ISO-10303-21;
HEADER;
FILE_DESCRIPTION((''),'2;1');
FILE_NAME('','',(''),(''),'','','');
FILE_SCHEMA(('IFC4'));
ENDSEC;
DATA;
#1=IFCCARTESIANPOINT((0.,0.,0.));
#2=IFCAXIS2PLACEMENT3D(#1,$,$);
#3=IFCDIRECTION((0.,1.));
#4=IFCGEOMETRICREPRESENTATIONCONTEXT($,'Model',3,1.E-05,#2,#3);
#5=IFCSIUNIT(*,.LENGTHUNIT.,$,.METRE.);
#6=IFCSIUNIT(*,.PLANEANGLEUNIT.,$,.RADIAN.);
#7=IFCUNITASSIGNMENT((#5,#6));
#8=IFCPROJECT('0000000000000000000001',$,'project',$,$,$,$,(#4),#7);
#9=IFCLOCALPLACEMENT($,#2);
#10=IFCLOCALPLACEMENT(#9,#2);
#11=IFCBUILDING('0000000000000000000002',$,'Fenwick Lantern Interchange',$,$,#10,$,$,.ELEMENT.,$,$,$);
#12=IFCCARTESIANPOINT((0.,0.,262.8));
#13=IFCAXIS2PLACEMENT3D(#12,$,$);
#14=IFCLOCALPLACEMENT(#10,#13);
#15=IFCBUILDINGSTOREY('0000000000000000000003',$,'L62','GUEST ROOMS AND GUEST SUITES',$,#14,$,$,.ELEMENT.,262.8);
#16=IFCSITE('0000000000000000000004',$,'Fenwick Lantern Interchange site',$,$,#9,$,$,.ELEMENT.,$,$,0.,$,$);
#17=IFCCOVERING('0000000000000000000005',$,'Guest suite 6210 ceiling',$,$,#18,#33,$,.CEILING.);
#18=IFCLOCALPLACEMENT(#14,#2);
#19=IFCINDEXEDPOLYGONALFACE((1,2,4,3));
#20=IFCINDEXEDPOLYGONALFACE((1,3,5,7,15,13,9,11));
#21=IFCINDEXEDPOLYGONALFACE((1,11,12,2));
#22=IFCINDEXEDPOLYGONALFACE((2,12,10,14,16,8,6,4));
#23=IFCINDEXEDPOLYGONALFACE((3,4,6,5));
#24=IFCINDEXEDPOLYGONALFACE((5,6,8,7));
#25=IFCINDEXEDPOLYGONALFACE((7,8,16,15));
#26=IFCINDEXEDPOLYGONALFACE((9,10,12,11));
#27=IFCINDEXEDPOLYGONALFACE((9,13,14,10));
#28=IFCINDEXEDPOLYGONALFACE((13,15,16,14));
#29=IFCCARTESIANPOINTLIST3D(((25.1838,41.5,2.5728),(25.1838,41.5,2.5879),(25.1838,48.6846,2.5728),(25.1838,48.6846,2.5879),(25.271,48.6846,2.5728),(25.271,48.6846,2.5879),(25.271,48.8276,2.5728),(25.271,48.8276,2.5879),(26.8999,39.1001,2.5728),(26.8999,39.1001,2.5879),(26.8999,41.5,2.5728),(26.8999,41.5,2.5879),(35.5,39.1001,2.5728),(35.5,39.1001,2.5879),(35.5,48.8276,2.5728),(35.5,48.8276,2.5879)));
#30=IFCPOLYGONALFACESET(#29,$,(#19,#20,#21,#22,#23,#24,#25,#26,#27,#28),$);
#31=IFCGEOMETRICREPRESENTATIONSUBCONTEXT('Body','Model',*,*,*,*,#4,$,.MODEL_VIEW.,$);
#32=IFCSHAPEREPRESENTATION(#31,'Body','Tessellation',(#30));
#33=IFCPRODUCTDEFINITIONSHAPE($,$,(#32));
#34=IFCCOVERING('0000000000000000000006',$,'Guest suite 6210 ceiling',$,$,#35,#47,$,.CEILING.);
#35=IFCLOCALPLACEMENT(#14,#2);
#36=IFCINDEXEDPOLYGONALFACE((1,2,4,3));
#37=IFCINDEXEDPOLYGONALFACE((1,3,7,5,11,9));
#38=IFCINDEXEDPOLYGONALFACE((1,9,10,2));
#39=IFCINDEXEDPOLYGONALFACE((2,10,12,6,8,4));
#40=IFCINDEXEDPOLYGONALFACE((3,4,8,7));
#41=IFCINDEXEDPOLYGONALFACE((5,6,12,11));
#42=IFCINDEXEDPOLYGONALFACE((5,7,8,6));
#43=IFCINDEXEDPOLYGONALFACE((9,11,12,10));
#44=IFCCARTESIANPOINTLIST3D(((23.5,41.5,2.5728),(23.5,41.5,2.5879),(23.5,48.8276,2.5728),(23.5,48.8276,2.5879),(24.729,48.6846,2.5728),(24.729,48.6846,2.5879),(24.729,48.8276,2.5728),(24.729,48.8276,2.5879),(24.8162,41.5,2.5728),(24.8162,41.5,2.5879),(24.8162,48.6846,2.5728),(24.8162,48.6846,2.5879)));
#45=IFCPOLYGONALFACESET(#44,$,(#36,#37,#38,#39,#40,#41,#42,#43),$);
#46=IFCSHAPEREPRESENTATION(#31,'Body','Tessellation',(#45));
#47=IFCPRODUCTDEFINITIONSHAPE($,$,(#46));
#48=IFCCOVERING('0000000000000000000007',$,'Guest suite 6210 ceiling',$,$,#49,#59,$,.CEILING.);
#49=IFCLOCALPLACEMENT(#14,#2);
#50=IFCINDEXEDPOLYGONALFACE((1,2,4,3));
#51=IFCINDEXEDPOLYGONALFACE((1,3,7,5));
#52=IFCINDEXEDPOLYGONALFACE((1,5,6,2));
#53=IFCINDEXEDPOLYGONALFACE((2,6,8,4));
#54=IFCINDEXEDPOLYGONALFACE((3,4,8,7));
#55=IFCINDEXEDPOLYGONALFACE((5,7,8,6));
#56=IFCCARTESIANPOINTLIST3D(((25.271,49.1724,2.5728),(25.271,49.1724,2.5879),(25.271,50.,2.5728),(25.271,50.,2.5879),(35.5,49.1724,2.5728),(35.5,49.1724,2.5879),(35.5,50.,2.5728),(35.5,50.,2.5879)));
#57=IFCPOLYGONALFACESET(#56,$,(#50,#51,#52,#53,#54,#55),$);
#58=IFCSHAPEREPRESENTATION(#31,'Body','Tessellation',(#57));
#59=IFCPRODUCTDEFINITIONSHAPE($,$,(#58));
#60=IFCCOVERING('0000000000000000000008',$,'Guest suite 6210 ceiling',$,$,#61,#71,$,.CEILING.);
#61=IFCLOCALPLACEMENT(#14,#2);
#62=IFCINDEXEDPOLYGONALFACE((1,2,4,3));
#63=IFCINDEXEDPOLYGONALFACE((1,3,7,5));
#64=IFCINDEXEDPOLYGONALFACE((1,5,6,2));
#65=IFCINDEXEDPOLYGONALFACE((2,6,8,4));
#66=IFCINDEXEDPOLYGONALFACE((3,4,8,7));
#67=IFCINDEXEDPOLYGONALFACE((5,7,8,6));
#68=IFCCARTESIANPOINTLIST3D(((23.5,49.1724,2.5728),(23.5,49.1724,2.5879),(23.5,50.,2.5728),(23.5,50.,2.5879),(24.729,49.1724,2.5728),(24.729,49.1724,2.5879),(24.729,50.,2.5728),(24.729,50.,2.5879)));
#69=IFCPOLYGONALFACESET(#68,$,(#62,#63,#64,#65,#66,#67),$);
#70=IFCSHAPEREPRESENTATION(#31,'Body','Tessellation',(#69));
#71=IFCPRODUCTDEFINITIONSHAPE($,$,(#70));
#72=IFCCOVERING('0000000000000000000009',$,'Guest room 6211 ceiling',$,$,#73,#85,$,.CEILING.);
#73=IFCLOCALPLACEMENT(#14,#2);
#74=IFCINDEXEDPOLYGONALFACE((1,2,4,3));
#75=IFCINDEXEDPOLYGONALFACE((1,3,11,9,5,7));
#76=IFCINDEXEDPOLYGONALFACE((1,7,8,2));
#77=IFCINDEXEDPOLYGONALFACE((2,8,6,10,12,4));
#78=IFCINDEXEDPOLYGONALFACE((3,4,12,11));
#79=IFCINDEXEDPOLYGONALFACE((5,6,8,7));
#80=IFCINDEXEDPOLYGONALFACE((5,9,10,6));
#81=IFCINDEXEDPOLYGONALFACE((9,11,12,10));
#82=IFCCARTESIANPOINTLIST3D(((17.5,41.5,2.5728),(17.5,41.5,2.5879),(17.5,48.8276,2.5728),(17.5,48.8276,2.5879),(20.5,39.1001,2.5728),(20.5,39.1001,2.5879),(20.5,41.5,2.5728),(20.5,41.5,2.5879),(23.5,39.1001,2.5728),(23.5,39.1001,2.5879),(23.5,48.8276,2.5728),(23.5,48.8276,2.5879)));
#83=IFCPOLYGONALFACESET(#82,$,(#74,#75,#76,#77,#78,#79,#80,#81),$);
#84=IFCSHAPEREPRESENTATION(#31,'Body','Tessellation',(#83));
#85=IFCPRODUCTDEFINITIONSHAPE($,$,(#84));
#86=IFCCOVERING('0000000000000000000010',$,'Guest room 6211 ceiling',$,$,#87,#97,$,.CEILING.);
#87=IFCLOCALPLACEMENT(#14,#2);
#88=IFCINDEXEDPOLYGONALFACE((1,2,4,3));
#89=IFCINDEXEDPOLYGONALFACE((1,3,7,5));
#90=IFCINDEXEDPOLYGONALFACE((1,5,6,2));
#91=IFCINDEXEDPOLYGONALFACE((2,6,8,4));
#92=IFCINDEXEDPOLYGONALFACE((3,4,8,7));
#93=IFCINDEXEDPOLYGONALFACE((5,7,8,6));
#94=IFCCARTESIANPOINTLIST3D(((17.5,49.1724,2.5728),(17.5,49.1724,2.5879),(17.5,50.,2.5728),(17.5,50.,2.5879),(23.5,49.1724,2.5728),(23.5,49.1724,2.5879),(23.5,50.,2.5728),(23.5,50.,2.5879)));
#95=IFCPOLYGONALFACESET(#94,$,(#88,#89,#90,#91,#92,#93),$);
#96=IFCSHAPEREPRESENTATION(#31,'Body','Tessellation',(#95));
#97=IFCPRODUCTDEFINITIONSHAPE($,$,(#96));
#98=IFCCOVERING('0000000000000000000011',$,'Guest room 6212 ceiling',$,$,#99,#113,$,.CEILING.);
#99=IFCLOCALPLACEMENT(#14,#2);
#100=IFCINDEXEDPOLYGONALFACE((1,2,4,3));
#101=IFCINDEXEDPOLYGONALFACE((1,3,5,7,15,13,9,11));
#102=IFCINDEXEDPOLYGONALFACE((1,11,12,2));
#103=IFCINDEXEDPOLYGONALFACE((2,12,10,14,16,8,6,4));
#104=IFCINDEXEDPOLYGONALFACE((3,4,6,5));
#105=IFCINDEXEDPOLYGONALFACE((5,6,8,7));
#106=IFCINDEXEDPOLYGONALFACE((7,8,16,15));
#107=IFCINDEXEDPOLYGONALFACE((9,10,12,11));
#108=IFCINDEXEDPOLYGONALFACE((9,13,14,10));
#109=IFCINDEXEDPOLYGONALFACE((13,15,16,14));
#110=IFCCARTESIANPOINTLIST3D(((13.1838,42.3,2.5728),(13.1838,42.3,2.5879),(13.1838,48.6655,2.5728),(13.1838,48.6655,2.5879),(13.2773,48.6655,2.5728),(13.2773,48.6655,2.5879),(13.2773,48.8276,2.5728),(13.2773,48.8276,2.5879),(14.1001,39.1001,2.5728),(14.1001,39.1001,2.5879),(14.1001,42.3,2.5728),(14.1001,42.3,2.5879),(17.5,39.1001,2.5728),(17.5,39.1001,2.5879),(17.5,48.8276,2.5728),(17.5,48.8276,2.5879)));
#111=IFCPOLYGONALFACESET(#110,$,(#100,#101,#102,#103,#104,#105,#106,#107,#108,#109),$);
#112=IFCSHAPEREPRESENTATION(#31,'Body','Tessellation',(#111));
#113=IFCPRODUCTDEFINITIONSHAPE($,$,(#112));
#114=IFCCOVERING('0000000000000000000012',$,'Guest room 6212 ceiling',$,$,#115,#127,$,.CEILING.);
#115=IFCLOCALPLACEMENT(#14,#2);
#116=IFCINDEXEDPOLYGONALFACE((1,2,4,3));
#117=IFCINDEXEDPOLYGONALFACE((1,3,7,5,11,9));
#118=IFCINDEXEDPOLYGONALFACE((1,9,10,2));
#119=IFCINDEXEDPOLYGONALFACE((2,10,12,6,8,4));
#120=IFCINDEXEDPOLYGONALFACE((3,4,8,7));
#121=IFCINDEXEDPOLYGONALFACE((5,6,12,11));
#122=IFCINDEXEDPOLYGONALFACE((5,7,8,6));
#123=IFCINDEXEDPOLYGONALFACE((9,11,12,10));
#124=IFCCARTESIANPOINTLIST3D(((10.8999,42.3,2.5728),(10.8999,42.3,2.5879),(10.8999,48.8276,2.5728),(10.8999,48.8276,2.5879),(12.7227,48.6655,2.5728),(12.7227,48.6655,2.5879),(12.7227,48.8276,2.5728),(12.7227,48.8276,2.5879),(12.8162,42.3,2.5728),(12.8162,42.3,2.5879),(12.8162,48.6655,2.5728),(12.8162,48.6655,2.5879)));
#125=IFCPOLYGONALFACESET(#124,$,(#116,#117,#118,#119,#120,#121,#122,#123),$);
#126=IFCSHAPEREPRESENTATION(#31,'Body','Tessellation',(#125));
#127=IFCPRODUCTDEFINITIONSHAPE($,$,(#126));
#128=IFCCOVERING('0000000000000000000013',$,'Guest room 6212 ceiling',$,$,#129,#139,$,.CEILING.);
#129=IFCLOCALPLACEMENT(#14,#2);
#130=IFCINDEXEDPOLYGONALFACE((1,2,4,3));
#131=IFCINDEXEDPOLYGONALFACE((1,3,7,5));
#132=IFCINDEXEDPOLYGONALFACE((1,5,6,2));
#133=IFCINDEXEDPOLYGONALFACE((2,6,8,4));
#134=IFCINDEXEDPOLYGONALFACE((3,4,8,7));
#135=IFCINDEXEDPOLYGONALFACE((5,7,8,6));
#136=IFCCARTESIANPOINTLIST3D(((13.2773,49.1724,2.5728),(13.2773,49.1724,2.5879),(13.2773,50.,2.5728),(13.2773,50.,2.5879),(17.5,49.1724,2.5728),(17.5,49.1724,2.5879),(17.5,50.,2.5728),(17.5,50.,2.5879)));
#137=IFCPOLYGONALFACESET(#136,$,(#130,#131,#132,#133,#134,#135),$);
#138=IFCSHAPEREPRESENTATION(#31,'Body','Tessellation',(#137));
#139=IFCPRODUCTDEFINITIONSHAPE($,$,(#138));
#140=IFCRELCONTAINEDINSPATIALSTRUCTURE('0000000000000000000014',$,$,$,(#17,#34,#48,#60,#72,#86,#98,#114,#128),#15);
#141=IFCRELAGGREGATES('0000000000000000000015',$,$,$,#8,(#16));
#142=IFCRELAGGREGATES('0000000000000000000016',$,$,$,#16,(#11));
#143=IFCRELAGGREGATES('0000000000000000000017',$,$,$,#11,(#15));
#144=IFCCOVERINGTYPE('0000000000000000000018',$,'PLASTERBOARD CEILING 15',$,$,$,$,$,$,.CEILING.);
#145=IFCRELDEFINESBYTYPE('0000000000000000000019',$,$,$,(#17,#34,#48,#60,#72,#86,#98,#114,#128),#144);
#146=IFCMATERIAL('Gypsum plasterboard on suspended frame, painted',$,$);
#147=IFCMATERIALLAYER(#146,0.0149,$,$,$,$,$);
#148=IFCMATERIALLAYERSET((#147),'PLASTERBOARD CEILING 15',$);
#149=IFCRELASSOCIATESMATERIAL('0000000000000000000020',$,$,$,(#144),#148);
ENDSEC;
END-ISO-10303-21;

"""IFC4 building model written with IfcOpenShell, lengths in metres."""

from ifc_helpers import new_model, si_unit, direction, frame, origin, place, context, subcontext, project, spatial, polyline, outline, extrude, material, layer, layer_set, type_object, element, save


model = new_model("IFC4")

# Units and contexts
model_context = context("Model", 3, precision=1e-05, world=origin(), true_north=direction((0.0, 1.0)))
body_context = subcontext(model_context, "Body", "Model", "MODEL_VIEW")
ifc_project = project(units=[si_unit("LENGTHUNIT", "METRE"), si_unit("PLANEANGLEUNIT", "RADIAN")], contexts=[model_context])

# Site, building, storey
site_placement = place(None, origin())
site = spatial("IfcSite", under=ifc_project, at=site_placement, Name="Fenwick Lantern Interchange site", CompositionType="ELEMENT", RefElevation=0.0)
building_placement = place(site_placement, origin())
building = spatial("IfcBuilding", under=site, at=building_placement, Name="Fenwick Lantern Interchange", CompositionType="ELEMENT")
storey_placement = place(building_placement, frame((0.0, 0.0, 262.8)))
storey = spatial("IfcBuildingStorey", under=building, at=storey_placement, Name="L62", Description="GUEST ROOMS AND GUEST SUITES", CompositionType="ELEMENT", Elevation=262.8)

# Coverings
ifc_material_1 = material(Name="Gypsum plasterboard on suspended frame, painted")
ifc_layer_1 = layer(ifc_material_1, 0.0149)
ifc_layer_set_1 = layer_set([ifc_layer_1], Name="PLASTERBOARD CEILING 15")
covering_type_1 = type_object("IfcCoveringType", Name="PLASTERBOARD CEILING 15", PredefinedType="CEILING", material=ifc_layer_set_1)
covering_1_placement = place(storey_placement, frame((0.0, 0.0, 2.5728)))
element("IfcCovering", 1, at=covering_1_placement, inside=storey, type_object=covering_type_1, Name="Guest suite 6210 ceiling", PredefinedType="CEILING", context=body_context, shape_type="SweptSolid", body=[
    extrude(outline(polyline([(25.271, 48.6846), (25.1838, 48.6846), (25.1838, 41.5), (26.8999, 41.5), (26.8999, 39.1001), (35.5, 39.1001), (35.5, 48.8276), (25.271, 48.8276), (25.271, 48.6846)])), origin(), (0.0, 0.0, 1.0), 0.0151),
])
covering_2_placement = place(storey_placement, frame((0.0, 0.0, 2.5728)))
element("IfcCovering", 2, at=covering_2_placement, inside=storey, type_object=covering_type_1, Name="Guest suite 6210 ceiling", PredefinedType="CEILING", context=body_context, shape_type="SweptSolid", body=[
    extrude(outline(polyline([(24.729, 48.6846), (24.729, 48.8276), (23.5, 48.8276), (23.5, 41.5), (24.8162, 41.5), (24.8162, 48.6846), (24.729, 48.6846)])), origin(), (0.0, 0.0, 1.0), 0.0151),
])
covering_3_placement = place(storey_placement, frame((0.0, 0.0, 2.5728)))
element("IfcCovering", 3, at=covering_3_placement, inside=storey, type_object=covering_type_1, Name="Guest suite 6210 ceiling", PredefinedType="CEILING", context=body_context, shape_type="SweptSolid", body=[
    extrude(outline(polyline([(25.271, 50.0), (25.271, 49.1724), (35.5, 49.1724), (35.5, 50.0), (25.271, 50.0)])), origin(), (0.0, 0.0, 1.0), 0.0151),
])
covering_4_placement = place(storey_placement, frame((0.0, 0.0, 2.5728)))
element("IfcCovering", 4, at=covering_4_placement, inside=storey, type_object=covering_type_1, Name="Guest suite 6210 ceiling", PredefinedType="CEILING", context=body_context, shape_type="SweptSolid", body=[
    extrude(outline(polyline([(24.729, 49.1724), (24.729, 50.0), (23.5, 50.0), (23.5, 49.1724), (24.729, 49.1724)])), origin(), (0.0, 0.0, 1.0), 0.0151),
])
covering_5_placement = place(storey_placement, frame((0.0, 0.0, 2.5728)))
element("IfcCovering", 5, at=covering_5_placement, inside=storey, type_object=covering_type_1, Name="Guest room 6211 ceiling", PredefinedType="CEILING", context=body_context, shape_type="SweptSolid", body=[
    extrude(outline(polyline([(23.5, 39.1001), (23.5, 48.8276), (17.5, 48.8276), (17.5, 41.5), (20.5, 41.5), (20.5, 39.1001), (23.5, 39.1001)])), origin(), (0.0, 0.0, 1.0), 0.0151),
])
covering_6_placement = place(storey_placement, frame((0.0, 0.0, 2.5728)))
element("IfcCovering", 6, at=covering_6_placement, inside=storey, type_object=covering_type_1, Name="Guest room 6211 ceiling", PredefinedType="CEILING", context=body_context, shape_type="SweptSolid", body=[
    extrude(outline(polyline([(23.5, 50.0), (17.5, 50.0), (17.5, 49.1724), (23.5, 49.1724), (23.5, 50.0)])), origin(), (0.0, 0.0, 1.0), 0.0151),
])
covering_7_placement = place(storey_placement, frame((0.0, 0.0, 2.5728)))
element("IfcCovering", 7, at=covering_7_placement, inside=storey, type_object=covering_type_1, Name="Guest room 6212 ceiling", PredefinedType="CEILING", context=body_context, shape_type="SweptSolid", body=[
    extrude(outline(polyline([(13.2773, 48.6655), (13.1838, 48.6655), (13.1838, 42.3), (14.1001, 42.3), (14.1001, 39.1001), (17.5, 39.1001), (17.5, 48.8276), (13.2773, 48.8276), (13.2773, 48.6655)])), origin(), (0.0, 0.0, 1.0), 0.0151),
])
covering_8_placement = place(storey_placement, frame((0.0, 0.0, 2.5728)))
element("IfcCovering", 8, at=covering_8_placement, inside=storey, type_object=covering_type_1, Name="Guest room 6212 ceiling", PredefinedType="CEILING", context=body_context, shape_type="SweptSolid", body=[
    extrude(outline(polyline([(12.7227, 48.6655), (12.7227, 48.8276), (10.8999, 48.8276), (10.8999, 42.3), (12.8162, 42.3), (12.8162, 48.6655), (12.7227, 48.6655)])), origin(), (0.0, 0.0, 1.0), 0.0151),
])
covering_9_placement = place(storey_placement, frame((0.0, 0.0, 2.5728)))
element("IfcCovering", 9, at=covering_9_placement, inside=storey, type_object=covering_type_1, Name="Guest room 6212 ceiling", PredefinedType="CEILING", context=body_context, shape_type="SweptSolid", body=[
    extrude(outline(polyline([(13.2773, 50.0), (13.2773, 49.1724), (17.5, 49.1724), (17.5, 50.0), (13.2773, 50.0)])), origin(), (0.0, 0.0, 1.0), 0.0151),
])

save(model, "model.ifc")
